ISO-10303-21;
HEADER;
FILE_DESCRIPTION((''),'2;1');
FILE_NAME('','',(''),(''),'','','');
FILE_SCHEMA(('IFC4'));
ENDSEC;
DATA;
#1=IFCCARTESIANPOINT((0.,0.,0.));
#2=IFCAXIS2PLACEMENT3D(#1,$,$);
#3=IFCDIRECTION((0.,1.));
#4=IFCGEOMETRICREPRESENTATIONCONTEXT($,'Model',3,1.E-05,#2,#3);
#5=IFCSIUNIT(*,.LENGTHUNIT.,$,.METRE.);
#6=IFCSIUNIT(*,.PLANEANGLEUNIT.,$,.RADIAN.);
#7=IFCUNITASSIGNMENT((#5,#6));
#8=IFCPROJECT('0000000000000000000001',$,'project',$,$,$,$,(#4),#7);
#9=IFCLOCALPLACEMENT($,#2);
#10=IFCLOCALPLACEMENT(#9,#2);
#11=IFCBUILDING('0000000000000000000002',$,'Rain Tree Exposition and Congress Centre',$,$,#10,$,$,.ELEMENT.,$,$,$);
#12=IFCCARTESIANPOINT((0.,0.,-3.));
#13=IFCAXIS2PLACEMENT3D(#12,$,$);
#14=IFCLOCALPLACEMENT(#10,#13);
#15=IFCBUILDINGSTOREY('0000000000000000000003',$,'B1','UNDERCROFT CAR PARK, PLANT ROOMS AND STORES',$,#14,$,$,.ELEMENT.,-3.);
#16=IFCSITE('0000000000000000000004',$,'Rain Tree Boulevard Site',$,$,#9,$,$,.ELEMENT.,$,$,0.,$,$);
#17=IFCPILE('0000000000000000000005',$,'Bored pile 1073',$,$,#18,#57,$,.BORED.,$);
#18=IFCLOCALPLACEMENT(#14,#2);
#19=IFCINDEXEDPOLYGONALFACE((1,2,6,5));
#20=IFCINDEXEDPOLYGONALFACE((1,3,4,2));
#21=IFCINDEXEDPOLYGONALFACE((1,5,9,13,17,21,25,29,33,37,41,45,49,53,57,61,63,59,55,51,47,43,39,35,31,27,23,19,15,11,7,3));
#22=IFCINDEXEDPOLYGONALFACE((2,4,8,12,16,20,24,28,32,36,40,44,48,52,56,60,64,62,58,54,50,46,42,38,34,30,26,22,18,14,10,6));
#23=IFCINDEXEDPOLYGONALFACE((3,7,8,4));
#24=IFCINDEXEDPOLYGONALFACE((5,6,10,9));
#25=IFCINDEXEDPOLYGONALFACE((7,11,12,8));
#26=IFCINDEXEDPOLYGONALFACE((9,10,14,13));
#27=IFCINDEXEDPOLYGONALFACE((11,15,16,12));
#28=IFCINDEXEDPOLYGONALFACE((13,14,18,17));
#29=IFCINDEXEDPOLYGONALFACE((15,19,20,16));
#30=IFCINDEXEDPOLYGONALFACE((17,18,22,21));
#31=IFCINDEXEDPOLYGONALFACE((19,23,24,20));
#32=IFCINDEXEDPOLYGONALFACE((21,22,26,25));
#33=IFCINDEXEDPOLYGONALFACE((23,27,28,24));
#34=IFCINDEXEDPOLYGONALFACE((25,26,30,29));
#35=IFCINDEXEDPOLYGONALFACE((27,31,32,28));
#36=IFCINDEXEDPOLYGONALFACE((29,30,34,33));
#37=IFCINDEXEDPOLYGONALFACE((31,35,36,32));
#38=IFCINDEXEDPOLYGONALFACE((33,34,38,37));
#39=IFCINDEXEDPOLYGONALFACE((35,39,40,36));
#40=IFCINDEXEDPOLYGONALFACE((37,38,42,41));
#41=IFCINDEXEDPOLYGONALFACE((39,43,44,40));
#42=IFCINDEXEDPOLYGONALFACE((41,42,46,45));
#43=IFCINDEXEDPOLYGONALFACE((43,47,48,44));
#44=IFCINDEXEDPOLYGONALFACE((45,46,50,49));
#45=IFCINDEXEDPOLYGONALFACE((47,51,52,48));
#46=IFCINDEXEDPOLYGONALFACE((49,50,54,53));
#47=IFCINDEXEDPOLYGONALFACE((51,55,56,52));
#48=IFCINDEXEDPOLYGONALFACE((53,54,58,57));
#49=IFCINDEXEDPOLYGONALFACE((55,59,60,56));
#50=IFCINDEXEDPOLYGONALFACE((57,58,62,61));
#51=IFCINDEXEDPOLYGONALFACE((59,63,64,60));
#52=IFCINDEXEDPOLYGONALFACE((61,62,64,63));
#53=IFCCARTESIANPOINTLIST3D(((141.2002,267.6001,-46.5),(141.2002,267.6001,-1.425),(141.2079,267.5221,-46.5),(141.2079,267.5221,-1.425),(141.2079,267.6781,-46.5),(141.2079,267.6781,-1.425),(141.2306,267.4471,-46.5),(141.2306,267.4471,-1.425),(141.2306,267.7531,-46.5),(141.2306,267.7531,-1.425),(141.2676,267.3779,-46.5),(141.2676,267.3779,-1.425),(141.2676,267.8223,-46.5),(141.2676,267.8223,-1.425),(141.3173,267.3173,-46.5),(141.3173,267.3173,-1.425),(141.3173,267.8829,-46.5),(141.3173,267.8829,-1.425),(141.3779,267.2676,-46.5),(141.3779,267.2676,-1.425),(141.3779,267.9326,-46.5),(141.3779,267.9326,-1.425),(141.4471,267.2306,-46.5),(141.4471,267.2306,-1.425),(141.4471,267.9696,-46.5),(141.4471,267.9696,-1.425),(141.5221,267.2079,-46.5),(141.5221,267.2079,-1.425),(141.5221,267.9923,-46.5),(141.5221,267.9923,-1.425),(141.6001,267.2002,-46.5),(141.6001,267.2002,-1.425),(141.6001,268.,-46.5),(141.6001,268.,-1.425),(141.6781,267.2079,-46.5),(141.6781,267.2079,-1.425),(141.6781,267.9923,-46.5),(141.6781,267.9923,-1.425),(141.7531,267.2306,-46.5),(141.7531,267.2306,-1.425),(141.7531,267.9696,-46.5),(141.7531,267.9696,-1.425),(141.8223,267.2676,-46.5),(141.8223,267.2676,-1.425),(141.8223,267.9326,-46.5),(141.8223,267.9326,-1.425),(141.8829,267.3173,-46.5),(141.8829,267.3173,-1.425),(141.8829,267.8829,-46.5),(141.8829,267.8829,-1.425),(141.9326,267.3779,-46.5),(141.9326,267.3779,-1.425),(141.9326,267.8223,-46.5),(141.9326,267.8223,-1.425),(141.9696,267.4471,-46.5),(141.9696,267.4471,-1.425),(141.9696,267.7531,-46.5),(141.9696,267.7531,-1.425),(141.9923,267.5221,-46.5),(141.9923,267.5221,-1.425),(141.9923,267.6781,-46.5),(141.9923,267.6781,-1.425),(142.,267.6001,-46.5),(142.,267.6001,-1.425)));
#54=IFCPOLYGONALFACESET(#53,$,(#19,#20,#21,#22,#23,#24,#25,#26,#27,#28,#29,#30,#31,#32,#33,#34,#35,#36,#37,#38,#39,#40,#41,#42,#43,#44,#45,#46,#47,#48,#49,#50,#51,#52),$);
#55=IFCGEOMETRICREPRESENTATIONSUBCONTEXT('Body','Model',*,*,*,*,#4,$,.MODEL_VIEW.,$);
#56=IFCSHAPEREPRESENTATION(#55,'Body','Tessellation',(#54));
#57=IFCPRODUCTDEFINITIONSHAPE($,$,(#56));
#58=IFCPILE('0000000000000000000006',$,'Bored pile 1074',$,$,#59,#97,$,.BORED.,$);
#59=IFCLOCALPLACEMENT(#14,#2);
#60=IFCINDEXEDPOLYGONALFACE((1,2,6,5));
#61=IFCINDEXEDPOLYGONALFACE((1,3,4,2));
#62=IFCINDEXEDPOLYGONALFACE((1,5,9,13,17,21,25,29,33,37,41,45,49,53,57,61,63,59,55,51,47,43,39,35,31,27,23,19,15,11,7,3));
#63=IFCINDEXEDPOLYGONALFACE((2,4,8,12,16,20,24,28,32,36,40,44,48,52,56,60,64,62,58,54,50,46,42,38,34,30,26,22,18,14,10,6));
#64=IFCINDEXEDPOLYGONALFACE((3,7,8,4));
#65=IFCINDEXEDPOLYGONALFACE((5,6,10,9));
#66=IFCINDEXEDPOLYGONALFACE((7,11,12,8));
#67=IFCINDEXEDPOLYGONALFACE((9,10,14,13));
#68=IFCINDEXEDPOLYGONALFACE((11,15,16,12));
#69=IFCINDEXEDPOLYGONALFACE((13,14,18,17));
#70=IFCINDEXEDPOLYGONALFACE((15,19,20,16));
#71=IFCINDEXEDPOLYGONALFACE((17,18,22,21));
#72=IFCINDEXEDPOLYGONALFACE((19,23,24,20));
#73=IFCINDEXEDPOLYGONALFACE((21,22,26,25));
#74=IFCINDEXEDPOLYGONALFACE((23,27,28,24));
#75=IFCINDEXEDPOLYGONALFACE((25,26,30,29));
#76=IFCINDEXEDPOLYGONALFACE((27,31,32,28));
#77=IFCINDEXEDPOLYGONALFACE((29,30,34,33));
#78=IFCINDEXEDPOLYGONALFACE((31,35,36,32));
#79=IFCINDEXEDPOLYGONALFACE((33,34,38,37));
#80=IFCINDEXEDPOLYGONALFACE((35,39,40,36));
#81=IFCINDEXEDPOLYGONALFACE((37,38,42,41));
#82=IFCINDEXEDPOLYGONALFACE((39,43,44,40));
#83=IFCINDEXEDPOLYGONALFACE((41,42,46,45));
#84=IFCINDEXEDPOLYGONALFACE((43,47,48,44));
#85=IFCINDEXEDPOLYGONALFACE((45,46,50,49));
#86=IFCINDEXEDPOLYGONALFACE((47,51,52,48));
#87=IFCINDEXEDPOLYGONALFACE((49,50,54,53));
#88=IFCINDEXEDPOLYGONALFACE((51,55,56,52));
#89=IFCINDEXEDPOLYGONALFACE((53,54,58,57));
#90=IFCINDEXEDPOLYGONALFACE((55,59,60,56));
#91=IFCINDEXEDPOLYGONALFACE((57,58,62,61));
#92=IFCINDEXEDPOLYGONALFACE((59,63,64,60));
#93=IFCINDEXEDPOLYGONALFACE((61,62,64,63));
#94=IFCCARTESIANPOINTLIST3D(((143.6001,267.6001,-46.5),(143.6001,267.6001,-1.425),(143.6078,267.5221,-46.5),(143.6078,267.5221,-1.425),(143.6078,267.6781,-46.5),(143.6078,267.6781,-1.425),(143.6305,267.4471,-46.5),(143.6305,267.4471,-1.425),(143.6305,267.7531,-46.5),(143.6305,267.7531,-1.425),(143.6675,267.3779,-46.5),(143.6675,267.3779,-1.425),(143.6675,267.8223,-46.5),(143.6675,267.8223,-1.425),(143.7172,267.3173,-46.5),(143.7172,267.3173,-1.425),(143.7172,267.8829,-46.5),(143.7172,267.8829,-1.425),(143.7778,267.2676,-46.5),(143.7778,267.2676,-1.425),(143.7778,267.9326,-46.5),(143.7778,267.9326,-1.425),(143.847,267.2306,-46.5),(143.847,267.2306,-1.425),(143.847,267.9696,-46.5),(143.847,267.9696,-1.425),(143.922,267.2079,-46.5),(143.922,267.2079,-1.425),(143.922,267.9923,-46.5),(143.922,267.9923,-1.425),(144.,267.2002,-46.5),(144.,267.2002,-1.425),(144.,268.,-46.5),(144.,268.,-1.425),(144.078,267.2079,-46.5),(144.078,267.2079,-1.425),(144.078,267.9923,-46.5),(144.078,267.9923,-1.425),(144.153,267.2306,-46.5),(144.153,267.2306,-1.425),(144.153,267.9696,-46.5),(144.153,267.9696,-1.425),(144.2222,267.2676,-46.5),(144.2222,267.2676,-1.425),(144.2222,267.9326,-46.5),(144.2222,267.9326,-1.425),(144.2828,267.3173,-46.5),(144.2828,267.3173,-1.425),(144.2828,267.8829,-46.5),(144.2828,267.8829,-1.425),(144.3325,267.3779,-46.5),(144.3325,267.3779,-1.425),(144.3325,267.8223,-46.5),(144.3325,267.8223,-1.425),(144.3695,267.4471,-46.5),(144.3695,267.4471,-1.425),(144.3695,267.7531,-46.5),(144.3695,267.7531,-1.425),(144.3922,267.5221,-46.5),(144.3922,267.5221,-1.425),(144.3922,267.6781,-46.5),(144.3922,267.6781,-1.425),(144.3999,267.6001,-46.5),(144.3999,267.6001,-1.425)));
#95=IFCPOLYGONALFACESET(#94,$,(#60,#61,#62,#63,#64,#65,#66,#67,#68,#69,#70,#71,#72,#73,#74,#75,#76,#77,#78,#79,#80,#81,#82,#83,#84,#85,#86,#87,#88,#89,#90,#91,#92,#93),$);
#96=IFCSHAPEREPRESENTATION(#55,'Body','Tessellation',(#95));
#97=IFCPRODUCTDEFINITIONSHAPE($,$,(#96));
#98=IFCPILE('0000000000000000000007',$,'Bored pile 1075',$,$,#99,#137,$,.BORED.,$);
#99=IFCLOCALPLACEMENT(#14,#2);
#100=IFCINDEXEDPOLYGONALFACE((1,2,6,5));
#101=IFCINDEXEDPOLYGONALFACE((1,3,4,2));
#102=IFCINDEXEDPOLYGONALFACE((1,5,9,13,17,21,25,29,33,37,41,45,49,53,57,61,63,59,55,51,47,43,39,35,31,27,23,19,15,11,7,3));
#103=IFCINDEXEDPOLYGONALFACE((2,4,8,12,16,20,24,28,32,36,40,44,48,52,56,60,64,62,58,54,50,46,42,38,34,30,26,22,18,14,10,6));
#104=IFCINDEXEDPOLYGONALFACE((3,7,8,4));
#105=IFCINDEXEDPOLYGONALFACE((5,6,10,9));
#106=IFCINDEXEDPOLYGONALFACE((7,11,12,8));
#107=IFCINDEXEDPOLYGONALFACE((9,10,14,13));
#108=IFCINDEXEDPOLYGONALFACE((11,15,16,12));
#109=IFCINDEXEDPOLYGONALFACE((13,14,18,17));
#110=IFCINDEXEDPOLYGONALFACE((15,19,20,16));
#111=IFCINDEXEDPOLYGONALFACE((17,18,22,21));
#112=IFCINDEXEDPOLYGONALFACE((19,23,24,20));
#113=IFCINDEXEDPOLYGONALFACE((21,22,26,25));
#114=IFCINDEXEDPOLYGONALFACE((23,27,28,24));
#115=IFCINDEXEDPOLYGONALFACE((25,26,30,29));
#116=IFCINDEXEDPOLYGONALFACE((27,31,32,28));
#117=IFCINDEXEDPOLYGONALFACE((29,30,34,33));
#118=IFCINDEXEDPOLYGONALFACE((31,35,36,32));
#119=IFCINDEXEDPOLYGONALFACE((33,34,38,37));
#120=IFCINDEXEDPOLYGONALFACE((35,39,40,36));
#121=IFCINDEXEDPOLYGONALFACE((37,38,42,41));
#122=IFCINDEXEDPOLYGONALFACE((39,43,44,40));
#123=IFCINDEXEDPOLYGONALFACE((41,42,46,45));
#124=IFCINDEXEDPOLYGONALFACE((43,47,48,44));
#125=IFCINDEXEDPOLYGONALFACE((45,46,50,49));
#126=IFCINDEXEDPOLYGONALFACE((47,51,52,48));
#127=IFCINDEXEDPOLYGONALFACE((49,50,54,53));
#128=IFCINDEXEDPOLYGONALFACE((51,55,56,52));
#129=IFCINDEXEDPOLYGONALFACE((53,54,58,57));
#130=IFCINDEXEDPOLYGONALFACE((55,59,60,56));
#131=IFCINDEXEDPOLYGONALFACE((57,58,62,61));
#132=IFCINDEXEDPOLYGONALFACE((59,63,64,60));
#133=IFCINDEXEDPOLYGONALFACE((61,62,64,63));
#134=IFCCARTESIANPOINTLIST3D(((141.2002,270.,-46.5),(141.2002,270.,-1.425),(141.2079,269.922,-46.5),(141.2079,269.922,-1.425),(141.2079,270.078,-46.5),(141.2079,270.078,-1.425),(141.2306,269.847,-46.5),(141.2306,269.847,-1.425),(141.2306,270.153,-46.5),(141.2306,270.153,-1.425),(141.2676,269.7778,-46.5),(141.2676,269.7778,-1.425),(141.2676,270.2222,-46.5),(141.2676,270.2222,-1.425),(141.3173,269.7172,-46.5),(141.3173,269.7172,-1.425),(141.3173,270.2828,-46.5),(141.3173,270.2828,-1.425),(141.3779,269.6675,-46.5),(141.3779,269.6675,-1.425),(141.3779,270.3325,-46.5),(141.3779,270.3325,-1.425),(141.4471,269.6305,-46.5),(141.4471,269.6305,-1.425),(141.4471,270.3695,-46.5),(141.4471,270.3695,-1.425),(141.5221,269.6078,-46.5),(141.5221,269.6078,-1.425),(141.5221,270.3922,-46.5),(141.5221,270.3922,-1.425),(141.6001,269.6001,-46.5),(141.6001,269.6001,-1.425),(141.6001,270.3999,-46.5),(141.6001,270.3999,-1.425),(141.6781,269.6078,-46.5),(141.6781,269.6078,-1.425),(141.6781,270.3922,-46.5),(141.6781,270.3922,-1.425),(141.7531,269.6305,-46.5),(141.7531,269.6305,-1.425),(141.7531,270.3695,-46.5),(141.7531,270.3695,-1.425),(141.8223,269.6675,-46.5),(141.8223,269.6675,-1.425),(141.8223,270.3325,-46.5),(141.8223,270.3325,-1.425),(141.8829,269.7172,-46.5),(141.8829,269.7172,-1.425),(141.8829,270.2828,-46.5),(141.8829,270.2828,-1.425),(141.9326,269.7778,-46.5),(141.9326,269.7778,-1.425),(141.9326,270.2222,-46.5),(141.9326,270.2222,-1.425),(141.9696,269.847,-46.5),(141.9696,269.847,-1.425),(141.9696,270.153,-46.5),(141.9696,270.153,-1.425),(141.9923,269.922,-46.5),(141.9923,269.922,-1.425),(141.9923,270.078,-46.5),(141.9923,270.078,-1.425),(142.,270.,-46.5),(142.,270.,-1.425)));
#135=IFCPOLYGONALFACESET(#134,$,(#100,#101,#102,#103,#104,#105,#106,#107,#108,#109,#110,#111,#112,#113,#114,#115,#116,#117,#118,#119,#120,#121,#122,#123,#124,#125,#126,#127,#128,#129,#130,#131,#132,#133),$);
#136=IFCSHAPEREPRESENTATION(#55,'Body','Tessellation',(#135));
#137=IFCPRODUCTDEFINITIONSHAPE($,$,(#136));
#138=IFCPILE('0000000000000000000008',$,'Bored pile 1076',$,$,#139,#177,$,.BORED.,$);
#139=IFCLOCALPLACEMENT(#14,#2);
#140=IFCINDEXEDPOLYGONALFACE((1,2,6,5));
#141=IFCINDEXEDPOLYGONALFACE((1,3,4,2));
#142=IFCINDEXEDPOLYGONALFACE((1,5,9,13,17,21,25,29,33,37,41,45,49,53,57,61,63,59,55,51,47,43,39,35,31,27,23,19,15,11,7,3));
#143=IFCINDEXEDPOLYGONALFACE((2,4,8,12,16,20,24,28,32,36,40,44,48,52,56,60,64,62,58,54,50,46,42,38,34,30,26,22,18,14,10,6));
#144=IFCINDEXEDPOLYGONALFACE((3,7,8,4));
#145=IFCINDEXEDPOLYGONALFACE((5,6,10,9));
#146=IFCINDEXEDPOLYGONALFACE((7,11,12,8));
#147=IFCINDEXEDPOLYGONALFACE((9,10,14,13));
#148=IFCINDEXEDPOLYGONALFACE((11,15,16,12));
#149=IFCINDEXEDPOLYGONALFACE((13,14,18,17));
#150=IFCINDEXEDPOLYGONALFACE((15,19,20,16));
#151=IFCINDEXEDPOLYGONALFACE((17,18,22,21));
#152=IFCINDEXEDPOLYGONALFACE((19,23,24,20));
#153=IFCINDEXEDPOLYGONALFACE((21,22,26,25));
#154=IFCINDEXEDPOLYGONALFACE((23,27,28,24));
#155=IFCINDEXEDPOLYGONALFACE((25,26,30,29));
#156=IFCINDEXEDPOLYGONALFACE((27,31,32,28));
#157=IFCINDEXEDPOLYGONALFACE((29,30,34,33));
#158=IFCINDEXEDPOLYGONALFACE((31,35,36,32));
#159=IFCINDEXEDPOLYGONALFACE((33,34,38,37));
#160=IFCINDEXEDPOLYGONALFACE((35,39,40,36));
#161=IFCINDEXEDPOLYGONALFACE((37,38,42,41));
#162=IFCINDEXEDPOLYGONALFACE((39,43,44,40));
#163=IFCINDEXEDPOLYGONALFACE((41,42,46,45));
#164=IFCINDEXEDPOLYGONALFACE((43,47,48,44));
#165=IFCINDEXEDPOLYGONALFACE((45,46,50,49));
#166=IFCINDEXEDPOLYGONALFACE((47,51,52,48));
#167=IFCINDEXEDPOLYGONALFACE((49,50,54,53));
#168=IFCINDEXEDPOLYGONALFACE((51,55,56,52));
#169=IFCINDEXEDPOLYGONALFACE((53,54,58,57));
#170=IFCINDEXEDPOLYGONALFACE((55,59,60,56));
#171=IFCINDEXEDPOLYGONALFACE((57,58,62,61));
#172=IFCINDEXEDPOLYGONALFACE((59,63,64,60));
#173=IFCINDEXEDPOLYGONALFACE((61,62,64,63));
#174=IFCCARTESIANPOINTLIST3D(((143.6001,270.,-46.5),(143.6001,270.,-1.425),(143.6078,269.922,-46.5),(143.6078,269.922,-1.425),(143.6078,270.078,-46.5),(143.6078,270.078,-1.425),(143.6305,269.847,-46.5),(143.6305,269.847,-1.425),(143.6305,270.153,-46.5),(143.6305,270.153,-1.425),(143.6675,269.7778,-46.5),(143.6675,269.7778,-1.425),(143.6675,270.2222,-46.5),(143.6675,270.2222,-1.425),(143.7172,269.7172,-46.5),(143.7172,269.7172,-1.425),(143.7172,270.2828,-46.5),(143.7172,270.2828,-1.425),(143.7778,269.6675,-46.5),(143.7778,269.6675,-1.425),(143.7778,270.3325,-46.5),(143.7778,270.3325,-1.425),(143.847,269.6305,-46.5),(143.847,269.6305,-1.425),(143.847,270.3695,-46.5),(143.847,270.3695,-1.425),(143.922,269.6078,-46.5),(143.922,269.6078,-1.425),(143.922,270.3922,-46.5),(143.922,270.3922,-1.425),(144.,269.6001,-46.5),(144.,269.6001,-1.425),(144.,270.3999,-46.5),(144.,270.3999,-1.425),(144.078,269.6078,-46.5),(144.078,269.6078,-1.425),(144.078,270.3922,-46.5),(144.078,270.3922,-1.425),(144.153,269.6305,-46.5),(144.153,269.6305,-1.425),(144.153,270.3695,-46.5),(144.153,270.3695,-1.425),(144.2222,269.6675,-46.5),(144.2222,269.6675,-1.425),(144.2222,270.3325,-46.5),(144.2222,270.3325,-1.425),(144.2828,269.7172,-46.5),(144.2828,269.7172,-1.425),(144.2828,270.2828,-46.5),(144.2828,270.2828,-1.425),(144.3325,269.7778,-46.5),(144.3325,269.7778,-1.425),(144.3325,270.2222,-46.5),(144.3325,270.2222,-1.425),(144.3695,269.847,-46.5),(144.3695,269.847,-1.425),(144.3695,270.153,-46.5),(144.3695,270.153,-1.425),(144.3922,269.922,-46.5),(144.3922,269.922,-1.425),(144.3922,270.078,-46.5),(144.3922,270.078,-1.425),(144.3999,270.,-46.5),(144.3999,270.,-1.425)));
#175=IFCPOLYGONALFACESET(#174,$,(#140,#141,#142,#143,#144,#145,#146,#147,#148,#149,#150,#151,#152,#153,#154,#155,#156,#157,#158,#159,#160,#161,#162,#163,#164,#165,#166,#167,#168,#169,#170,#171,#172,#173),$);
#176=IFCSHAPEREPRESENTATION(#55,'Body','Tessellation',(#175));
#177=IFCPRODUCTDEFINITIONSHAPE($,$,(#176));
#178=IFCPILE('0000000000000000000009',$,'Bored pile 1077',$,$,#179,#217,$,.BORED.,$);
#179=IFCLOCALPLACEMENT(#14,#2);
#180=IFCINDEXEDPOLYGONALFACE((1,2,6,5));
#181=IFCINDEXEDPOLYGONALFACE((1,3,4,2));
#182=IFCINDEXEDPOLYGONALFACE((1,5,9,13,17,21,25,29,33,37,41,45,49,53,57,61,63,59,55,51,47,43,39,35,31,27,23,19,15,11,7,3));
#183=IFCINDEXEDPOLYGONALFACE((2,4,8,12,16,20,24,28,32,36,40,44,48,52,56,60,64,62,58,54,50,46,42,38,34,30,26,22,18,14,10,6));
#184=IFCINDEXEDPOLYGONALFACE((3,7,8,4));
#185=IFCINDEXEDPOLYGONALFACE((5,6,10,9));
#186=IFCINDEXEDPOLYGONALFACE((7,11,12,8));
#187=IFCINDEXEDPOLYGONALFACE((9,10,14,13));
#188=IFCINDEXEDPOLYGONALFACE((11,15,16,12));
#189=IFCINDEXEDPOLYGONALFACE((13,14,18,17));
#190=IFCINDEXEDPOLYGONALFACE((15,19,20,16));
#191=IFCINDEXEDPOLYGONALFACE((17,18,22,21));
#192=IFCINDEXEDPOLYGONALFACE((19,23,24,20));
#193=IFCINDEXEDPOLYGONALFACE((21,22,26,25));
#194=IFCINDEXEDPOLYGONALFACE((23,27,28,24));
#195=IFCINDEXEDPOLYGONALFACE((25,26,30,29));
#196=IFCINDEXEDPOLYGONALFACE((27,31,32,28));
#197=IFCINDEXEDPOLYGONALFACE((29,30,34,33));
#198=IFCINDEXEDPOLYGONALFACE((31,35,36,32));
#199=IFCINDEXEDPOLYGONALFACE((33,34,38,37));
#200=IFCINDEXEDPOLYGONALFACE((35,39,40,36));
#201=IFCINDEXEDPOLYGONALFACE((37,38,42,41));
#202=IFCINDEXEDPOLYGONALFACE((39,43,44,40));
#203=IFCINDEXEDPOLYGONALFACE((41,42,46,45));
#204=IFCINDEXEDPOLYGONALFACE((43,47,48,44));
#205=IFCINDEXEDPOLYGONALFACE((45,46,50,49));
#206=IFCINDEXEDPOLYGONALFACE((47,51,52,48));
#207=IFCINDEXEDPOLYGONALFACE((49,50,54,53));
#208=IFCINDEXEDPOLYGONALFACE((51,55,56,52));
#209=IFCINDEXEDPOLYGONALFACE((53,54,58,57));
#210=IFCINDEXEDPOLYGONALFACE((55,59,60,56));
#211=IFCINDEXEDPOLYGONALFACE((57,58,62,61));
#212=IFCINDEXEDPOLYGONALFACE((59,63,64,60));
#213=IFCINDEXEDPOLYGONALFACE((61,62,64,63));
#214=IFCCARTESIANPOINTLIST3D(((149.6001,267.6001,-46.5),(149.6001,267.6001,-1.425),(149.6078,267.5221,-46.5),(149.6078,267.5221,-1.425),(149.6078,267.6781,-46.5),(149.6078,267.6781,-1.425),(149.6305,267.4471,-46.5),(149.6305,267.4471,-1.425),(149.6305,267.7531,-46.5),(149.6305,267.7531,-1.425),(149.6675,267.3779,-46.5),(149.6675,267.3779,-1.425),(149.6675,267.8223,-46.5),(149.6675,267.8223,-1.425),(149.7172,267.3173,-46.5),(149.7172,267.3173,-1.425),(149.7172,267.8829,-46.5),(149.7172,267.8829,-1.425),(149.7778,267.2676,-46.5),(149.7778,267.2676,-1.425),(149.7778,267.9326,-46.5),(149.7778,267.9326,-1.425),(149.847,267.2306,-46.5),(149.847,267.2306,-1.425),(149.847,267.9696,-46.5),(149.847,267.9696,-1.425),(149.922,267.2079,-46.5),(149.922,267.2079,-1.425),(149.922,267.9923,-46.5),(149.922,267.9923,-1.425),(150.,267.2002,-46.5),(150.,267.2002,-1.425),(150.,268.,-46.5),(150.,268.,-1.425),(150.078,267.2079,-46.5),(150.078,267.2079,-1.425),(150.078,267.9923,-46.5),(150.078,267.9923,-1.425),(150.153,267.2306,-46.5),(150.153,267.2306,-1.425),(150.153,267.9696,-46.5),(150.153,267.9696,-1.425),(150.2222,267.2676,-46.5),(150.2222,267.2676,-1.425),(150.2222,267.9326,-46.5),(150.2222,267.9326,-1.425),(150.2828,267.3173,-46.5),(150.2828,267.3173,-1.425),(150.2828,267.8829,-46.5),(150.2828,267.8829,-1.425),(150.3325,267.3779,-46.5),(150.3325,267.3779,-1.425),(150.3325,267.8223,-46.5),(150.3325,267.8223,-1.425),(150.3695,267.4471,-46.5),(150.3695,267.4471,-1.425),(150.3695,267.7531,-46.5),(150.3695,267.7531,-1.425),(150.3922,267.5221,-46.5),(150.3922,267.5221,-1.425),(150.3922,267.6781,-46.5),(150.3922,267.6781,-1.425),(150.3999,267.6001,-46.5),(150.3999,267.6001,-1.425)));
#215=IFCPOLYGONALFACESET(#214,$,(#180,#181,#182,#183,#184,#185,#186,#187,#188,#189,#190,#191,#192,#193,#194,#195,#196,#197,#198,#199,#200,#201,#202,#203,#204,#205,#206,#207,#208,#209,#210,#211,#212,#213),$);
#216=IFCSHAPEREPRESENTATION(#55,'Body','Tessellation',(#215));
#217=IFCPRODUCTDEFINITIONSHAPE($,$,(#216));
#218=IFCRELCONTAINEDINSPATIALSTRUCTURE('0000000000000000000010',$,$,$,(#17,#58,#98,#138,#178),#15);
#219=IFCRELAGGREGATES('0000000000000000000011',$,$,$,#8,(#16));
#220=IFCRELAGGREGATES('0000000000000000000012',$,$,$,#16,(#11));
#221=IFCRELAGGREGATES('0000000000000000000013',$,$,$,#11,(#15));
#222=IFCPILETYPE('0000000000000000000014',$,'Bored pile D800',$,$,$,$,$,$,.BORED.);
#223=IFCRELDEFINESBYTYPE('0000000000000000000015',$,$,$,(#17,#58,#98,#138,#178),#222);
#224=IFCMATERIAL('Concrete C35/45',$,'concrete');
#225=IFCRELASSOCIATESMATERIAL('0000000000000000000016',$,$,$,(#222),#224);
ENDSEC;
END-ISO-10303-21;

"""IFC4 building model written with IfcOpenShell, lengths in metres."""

from ifc_helpers import new_model, si_unit, direction, frame, origin, origin_2d, place, context, subcontext, project, spatial, circle, extrude, material, material_profile, profile_set, type_object, element, save


model = new_model("IFC4")

# Units and contexts
model_context = context("Model", 3, precision=1e-05, world=origin(), true_north=direction((0.0, 1.0)))
body_context = subcontext(model_context, "Body", "Model", "MODEL_VIEW")
ifc_project = project(units=[si_unit("LENGTHUNIT", "METRE"), si_unit("PLANEANGLEUNIT", "RADIAN")], contexts=[model_context])

# Site, building, storey
site_placement = place(None, origin())
site = spatial("IfcSite", under=ifc_project, at=site_placement, Name="Rain Tree Boulevard Site", CompositionType="ELEMENT", RefElevation=0.0)
building_placement = place(site_placement, origin())
building = spatial("IfcBuilding", under=site, at=building_placement, Name="Rain Tree Exposition and Congress Centre", CompositionType="ELEMENT")
storey_placement = place(building_placement, frame((0.0, 0.0, -3.0)))
storey = spatial("IfcBuildingStorey", under=building, at=storey_placement, Name="B1", Description="UNDERCROFT CAR PARK, PLANT ROOMS AND STORES", CompositionType="ELEMENT", Elevation=-3.0)

# Piles
ifc_material_1 = material(Name="Concrete C35/45", Category="concrete")
ifc_material_profile_1 = material_profile(ifc_material_1, circle(Radius=0.3999, at=origin_2d()), Name="D800")
ifc_profile_set_1 = profile_set([ifc_material_profile_1], Name="Concrete C35/45")
pile_type = type_object("IfcPileType", Name="Bored pile D800", PredefinedType="BORED", material=ifc_profile_set_1)
for number, where, z_axis, x_axis, name in (
    (1, (141.6001, 267.6001, -1.425), (0.0, 0.0, -1.0), (1.0, 0.0, 0.0), "Bored pile 1073"),
    (2, (144.0, 267.6001, -1.425), (0.0, 0.0, -1.0), (1.0, 0.0, 0.0), "Bored pile 1074"),
    (3, (141.6001, 270.0, -1.425), (0.0, 0.0, -1.0), (1.0, 0.0, 0.0), "Bored pile 1075"),
    (4, (144.0, 270.0, -1.425), (0.0, 0.0, -1.0), (1.0, 0.0, 0.0), "Bored pile 1076"),
    (5, (150.0, 267.6001, -1.425), (0.0, 0.0, -1.0), (1.0, 0.0, 0.0), "Bored pile 1077"),
):
    element("IfcPile", number, at=place(storey_placement, frame(where, z_axis=z_axis, x_axis=x_axis)), inside=storey, type_object=pile_type, Name=name, PredefinedType="BORED", context=body_context, shape_type="SweptSolid", body=[
        extrude(circle(Radius=0.3999, at=origin_2d()), origin(), (0.0, 0.0, 1.0), 45.075),
    ])

save(model, "model.ifc")
